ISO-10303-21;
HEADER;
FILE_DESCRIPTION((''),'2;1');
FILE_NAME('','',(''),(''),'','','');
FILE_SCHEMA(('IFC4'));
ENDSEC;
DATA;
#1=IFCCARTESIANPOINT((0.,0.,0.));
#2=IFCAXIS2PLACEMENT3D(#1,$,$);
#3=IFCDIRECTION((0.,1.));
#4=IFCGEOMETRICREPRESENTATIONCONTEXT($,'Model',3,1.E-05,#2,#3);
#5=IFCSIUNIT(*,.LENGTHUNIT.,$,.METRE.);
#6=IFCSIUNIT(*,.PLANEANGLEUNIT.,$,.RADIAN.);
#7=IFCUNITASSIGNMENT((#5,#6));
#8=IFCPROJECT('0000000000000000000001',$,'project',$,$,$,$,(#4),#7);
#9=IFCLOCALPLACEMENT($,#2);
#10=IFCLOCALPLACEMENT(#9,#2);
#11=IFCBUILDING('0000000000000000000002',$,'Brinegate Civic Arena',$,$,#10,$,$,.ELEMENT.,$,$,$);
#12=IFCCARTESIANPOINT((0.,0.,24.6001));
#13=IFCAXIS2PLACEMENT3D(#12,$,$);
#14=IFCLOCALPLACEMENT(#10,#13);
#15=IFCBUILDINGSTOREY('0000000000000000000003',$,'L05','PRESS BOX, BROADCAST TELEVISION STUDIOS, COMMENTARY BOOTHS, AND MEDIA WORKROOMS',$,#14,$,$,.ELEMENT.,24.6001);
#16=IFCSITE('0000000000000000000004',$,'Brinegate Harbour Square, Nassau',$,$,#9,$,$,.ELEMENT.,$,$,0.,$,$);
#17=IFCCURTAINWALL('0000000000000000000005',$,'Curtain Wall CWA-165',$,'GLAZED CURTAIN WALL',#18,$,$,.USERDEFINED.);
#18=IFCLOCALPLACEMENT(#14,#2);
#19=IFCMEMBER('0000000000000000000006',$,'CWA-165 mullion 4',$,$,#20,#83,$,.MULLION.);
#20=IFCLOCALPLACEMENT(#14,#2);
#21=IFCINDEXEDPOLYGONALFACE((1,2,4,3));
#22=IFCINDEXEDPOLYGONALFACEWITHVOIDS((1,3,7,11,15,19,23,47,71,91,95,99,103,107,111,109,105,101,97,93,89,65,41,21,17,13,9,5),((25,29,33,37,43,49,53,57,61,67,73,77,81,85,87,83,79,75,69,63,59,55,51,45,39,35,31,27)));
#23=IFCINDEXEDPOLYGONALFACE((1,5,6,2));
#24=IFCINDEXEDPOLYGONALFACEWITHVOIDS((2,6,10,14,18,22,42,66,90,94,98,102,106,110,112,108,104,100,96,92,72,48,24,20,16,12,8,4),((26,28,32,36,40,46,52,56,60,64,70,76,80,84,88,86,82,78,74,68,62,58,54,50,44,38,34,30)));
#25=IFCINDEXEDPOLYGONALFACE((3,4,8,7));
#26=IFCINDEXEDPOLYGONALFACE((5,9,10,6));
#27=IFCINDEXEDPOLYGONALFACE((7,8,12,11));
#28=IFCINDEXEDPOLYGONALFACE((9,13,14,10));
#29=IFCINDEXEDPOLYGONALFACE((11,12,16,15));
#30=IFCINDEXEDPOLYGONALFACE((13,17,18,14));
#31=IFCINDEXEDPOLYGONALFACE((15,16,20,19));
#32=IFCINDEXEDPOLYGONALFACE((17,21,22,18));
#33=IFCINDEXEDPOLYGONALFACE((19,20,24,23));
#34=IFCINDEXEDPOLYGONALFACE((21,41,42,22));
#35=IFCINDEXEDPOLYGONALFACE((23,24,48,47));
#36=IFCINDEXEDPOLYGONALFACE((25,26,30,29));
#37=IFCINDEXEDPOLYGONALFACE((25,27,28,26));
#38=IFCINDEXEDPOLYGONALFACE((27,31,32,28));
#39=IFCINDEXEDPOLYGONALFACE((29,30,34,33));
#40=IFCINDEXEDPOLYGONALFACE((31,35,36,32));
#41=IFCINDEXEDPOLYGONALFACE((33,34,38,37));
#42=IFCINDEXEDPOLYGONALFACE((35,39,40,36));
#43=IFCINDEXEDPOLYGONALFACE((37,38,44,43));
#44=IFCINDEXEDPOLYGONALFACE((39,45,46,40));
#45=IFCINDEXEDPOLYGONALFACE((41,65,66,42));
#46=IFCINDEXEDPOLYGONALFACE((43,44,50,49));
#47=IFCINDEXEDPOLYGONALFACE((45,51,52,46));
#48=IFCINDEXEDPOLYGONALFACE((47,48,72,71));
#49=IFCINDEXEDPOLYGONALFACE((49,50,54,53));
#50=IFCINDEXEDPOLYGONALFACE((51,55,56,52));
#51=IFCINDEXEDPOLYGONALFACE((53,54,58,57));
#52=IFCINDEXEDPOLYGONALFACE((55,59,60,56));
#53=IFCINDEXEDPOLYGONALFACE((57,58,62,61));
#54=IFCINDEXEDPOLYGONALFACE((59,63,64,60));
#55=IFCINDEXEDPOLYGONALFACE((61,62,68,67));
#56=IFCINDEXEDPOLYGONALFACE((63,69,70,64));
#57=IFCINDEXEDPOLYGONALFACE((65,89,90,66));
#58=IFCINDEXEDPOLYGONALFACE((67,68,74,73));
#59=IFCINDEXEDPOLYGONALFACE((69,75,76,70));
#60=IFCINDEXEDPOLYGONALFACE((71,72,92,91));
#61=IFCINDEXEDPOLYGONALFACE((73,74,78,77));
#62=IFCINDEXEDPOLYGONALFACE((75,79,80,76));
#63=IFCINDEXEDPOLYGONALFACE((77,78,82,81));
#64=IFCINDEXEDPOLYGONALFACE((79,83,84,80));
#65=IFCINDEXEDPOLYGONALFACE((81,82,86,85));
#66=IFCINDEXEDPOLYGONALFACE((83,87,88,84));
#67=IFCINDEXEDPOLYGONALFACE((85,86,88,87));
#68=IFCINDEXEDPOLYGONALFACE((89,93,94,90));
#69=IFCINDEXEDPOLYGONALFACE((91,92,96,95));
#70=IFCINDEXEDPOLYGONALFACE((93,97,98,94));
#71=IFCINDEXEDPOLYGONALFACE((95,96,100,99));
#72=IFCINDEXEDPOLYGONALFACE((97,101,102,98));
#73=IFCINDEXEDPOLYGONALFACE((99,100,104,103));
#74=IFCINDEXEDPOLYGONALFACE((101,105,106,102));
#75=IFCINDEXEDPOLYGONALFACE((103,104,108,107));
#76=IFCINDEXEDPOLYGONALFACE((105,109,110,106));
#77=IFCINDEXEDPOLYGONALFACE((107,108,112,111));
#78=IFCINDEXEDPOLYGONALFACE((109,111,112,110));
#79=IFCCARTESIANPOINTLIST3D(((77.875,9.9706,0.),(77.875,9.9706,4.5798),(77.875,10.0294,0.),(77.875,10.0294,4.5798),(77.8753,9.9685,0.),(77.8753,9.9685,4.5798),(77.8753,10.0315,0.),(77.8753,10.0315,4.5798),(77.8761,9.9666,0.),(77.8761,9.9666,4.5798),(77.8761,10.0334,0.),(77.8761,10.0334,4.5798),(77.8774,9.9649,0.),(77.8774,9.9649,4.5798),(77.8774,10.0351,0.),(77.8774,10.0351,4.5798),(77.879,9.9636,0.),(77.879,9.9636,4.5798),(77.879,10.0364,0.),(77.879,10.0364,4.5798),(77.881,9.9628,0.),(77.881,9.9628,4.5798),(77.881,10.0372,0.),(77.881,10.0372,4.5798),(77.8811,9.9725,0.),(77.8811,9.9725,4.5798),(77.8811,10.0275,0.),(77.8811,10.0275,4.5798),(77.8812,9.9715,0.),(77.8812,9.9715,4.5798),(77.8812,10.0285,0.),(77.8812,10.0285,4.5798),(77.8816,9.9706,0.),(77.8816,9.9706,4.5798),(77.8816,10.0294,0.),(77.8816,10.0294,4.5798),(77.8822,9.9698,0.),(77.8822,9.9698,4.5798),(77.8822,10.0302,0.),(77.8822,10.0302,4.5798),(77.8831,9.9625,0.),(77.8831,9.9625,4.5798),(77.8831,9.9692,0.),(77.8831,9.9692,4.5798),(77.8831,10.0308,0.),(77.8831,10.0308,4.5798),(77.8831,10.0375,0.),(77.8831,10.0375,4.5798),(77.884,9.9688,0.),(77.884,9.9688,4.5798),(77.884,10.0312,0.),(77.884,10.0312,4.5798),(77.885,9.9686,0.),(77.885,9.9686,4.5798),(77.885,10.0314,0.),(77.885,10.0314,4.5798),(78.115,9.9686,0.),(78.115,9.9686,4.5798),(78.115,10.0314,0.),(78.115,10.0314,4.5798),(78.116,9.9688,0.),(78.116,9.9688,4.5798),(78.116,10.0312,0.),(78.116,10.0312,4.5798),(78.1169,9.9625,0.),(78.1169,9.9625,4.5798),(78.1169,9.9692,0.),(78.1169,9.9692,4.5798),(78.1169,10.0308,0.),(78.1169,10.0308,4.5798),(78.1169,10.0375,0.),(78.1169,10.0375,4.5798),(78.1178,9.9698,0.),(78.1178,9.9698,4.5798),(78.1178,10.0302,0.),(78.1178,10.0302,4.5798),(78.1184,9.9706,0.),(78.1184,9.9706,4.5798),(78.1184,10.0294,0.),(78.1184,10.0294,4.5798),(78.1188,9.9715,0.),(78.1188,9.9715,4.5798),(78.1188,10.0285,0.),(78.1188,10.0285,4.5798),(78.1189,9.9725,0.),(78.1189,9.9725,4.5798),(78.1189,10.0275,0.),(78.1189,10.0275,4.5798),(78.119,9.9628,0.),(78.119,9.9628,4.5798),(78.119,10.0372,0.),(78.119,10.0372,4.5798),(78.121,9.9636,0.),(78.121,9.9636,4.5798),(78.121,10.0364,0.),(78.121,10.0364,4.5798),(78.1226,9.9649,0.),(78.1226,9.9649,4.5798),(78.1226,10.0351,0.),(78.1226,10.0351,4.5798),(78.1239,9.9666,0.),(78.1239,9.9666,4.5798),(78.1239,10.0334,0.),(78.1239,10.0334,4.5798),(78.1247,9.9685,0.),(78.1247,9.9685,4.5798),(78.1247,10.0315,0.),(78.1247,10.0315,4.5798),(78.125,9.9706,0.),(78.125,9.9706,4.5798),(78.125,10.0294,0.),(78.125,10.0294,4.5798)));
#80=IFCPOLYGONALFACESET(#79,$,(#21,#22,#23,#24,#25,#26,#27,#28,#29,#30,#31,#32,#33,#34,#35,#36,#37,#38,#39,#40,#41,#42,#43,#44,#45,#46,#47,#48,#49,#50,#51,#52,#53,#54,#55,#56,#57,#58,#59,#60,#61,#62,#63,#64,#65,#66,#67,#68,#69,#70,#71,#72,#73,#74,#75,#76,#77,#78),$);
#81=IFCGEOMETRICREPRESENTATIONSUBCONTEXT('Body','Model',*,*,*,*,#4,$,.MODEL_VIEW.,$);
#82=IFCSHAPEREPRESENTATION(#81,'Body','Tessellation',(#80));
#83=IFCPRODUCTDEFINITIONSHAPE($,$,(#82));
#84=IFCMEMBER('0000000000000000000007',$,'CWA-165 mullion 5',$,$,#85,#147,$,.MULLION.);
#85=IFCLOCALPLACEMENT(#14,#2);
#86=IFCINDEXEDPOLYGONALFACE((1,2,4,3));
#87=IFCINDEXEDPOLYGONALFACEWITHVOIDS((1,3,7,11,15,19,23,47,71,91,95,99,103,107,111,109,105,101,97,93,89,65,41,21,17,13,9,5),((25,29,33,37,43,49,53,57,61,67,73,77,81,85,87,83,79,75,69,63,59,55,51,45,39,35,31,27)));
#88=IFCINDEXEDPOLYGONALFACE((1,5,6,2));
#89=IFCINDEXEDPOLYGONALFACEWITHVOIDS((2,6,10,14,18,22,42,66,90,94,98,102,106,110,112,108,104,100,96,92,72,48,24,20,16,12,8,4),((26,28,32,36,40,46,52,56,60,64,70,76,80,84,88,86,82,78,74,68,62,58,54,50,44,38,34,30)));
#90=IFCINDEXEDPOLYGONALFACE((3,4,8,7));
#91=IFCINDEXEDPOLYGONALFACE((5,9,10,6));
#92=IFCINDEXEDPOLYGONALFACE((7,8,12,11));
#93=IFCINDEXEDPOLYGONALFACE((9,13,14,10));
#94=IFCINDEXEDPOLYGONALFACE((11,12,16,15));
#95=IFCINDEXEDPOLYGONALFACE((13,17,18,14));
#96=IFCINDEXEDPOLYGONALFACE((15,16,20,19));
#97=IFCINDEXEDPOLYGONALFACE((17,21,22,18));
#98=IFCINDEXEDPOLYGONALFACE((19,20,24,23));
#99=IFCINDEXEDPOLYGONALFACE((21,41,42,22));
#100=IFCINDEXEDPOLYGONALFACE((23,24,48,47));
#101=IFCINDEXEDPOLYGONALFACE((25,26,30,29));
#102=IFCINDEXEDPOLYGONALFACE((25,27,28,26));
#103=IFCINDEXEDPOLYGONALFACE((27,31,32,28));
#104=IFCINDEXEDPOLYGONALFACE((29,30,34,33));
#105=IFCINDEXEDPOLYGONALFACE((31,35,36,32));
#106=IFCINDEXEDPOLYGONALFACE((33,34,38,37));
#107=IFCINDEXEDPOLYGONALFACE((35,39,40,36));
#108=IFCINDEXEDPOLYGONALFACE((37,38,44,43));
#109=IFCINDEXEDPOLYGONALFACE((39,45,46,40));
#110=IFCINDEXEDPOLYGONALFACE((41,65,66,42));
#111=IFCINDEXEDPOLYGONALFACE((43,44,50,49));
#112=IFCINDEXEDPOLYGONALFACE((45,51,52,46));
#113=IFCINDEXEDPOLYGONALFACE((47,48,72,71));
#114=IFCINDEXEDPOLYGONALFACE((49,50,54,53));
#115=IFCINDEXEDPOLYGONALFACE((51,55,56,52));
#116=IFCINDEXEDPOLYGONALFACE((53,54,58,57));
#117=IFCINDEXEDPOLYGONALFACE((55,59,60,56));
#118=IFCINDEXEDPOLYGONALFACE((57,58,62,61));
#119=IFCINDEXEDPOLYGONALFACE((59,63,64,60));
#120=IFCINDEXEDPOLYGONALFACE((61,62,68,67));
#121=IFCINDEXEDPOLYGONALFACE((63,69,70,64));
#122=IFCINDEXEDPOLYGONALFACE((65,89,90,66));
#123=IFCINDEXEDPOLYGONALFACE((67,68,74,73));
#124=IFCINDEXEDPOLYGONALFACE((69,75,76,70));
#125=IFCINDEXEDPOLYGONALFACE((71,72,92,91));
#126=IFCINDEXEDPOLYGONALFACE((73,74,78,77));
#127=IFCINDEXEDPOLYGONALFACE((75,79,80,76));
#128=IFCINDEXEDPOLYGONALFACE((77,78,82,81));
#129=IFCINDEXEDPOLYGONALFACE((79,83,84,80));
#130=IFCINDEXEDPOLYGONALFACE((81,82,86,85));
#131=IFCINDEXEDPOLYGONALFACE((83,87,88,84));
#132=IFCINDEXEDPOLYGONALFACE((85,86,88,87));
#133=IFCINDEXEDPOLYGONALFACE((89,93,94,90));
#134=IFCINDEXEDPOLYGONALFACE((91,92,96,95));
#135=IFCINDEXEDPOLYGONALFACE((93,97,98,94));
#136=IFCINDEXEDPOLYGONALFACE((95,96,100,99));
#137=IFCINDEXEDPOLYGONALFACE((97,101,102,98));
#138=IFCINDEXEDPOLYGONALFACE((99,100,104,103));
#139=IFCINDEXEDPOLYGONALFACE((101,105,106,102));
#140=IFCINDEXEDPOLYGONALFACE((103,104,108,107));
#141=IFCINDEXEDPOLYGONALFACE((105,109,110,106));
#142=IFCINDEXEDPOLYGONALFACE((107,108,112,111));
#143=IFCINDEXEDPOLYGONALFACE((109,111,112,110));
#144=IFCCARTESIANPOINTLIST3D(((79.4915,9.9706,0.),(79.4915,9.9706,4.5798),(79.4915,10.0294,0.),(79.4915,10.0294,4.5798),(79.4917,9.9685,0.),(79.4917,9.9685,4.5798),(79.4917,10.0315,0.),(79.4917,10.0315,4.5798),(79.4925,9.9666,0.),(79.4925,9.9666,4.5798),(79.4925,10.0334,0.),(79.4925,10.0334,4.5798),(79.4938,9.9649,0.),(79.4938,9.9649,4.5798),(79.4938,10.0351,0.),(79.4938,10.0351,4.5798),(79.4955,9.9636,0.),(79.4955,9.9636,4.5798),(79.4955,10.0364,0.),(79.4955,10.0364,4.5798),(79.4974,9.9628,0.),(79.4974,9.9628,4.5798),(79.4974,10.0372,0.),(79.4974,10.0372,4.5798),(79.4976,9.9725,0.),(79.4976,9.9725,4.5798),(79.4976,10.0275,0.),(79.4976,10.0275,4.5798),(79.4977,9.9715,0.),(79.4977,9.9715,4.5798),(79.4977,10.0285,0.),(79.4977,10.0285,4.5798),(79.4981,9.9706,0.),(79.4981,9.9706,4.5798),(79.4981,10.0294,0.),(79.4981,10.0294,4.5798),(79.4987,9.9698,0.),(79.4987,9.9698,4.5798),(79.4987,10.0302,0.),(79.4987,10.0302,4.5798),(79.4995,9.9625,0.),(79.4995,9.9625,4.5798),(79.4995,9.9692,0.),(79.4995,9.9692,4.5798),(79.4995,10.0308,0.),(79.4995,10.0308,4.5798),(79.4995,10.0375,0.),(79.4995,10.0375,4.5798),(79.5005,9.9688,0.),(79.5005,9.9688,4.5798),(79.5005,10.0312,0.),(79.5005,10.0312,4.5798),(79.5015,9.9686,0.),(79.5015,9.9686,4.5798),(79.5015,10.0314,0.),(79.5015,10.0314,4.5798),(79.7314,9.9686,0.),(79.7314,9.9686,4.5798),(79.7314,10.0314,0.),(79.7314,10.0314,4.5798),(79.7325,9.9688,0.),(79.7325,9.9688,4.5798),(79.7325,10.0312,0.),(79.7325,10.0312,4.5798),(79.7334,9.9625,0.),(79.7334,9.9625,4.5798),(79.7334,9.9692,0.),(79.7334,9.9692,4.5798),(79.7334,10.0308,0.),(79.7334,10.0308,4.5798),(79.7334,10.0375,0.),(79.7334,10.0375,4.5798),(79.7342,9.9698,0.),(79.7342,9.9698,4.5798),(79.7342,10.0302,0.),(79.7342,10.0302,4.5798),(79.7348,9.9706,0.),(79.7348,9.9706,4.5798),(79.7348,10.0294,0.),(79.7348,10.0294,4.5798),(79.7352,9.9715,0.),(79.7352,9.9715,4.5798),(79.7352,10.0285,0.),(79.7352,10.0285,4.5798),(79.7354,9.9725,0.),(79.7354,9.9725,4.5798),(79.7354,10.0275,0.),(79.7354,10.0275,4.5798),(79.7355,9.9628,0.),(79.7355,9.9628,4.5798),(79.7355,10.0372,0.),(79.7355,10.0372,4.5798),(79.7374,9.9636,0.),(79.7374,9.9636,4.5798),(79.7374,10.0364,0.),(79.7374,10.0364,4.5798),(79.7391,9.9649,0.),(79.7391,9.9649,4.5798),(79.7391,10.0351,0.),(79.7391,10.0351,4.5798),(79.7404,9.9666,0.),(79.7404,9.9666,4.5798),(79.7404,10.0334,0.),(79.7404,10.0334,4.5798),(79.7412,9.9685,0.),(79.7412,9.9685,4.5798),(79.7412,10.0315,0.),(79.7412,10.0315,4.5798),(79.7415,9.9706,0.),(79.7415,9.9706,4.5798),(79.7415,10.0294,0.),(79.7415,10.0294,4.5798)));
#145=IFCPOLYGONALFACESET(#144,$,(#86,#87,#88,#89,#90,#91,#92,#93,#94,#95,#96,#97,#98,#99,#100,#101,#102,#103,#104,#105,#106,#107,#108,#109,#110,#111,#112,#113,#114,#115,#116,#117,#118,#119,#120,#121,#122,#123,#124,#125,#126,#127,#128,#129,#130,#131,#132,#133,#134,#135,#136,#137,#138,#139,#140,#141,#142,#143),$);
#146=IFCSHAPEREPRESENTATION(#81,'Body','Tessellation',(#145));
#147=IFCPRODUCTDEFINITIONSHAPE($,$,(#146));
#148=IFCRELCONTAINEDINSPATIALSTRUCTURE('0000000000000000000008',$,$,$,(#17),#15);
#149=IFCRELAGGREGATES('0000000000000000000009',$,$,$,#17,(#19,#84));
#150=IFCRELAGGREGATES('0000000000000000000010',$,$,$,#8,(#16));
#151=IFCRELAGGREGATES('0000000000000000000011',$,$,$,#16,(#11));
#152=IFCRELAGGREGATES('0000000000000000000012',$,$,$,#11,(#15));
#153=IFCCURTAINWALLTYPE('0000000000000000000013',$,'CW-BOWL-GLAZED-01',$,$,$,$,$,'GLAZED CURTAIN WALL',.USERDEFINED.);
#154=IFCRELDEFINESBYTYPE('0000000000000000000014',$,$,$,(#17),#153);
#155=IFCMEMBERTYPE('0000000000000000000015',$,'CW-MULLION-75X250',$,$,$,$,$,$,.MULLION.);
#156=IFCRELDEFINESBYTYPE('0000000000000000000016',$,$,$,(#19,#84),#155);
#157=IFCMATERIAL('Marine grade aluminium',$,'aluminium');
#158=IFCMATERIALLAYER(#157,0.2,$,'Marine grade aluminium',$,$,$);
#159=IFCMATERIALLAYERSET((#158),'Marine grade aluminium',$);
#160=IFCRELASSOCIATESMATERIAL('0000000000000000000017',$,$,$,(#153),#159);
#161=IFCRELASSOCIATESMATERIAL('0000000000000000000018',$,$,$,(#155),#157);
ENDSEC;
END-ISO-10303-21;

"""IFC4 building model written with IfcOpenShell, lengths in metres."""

from ifc_helpers import new_model, si_unit, direction, frame, origin, origin_2d, place, context, subcontext, project, spatial, hollow_rectangle, extrude, material, layer, layer_set, material_profile, profile_set, type_object, element, aggregate, save


model = new_model("IFC4")

# Units and contexts
model_context = context("Model", 3, precision=1e-05, world=origin(), true_north=direction((0.0, 1.0)))
body_context = subcontext(model_context, "Body", "Model", "MODEL_VIEW")
ifc_project = project(units=[si_unit("LENGTHUNIT", "METRE"), si_unit("PLANEANGLEUNIT", "RADIAN")], contexts=[model_context])

# Site, building, storey
site_placement = place(None, origin())
site = spatial("IfcSite", under=ifc_project, at=site_placement, Name="Brinegate Harbour Square, Nassau", CompositionType="ELEMENT", RefElevation=0.0)
building_placement = place(site_placement, origin())
building = spatial("IfcBuilding", under=site, at=building_placement, Name="Brinegate Civic Arena", CompositionType="ELEMENT")
storey_placement = place(building_placement, frame((0.0, 0.0, 24.6001)))
storey = spatial("IfcBuildingStorey", under=building, at=storey_placement, Name="L05", Description="PRESS BOX, BROADCAST TELEVISION STUDIOS, COMMENTARY BOOTHS, AND MEDIA WORKROOMS", CompositionType="ELEMENT", Elevation=24.6001)

# Curtain wall, members
ifc_material_1 = material(Name="Marine grade aluminium", Category="aluminium")
ifc_layer_1 = layer(ifc_material_1, 0.2, Name="Marine grade aluminium")
ifc_layer_set_1 = layer_set([ifc_layer_1], Name="Marine grade aluminium")
curtain_wall_type = type_object("IfcCurtainWallType", Name="CW-BOWL-GLAZED-01", ElementType="GLAZED CURTAIN WALL", PredefinedType="USERDEFINED", material=ifc_layer_set_1)
curtain_wall_placement = place(storey_placement, origin())
curtain_wall = element("IfcCurtainWall", 1, at=curtain_wall_placement, inside=storey, type_object=curtain_wall_type, Name="Curtain Wall CWA-165", ObjectType="GLAZED CURTAIN WALL", PredefinedType="USERDEFINED")
ifc_material_profile_1 = material_profile(ifc_material_1, hollow_rectangle(XDim=0.075, YDim=0.25, WallThickness=0.0061, InnerFilletRadius=0.0039, OuterFilletRadius=0.0081, at=origin_2d()), Name="MUL75X250")
ifc_profile_set_1 = profile_set([ifc_material_profile_1], Name="Marine grade aluminium")
member_type_1 = type_object("IfcMemberType", Name="CW-MULLION-75X250", PredefinedType="MULLION", material=ifc_profile_set_1)
member_1_placement = place(storey_placement, frame((78.0, 10.0, 0.0), z_axis=(0.0, 0.0, 1.0), x_axis=(0.0, 1.0, 0.0)))
member_1 = element("IfcMember", 2, at=member_1_placement, type_object=member_type_1, Name="CWA-165 mullion 4", PredefinedType="MULLION", context=body_context, shape_type="SweptSolid", body=[
    extrude(hollow_rectangle(XDim=0.075, YDim=0.25, WallThickness=0.0061, InnerFilletRadius=0.0039, OuterFilletRadius=0.0081, at=origin_2d()), origin(), (0.0, 0.0, 1.0), 4.5798),
])
member_2_placement = place(storey_placement, frame((79.6165, 10.0, 0.0), z_axis=(0.0, 0.0, 1.0), x_axis=(0.0, 1.0, 0.0)))
member_2 = element("IfcMember", 3, at=member_2_placement, type_object=member_type_1, Name="CWA-165 mullion 5", PredefinedType="MULLION", context=body_context, shape_type="SweptSolid", body=[
    extrude(hollow_rectangle(XDim=0.075, YDim=0.25, WallThickness=0.0061, InnerFilletRadius=0.0039, OuterFilletRadius=0.0081, at=origin_2d()), origin(), (0.0, 0.0, 1.0), 4.5798),
])
aggregate(curtain_wall, [member_1, member_2])

save(model, "model.ifc")
